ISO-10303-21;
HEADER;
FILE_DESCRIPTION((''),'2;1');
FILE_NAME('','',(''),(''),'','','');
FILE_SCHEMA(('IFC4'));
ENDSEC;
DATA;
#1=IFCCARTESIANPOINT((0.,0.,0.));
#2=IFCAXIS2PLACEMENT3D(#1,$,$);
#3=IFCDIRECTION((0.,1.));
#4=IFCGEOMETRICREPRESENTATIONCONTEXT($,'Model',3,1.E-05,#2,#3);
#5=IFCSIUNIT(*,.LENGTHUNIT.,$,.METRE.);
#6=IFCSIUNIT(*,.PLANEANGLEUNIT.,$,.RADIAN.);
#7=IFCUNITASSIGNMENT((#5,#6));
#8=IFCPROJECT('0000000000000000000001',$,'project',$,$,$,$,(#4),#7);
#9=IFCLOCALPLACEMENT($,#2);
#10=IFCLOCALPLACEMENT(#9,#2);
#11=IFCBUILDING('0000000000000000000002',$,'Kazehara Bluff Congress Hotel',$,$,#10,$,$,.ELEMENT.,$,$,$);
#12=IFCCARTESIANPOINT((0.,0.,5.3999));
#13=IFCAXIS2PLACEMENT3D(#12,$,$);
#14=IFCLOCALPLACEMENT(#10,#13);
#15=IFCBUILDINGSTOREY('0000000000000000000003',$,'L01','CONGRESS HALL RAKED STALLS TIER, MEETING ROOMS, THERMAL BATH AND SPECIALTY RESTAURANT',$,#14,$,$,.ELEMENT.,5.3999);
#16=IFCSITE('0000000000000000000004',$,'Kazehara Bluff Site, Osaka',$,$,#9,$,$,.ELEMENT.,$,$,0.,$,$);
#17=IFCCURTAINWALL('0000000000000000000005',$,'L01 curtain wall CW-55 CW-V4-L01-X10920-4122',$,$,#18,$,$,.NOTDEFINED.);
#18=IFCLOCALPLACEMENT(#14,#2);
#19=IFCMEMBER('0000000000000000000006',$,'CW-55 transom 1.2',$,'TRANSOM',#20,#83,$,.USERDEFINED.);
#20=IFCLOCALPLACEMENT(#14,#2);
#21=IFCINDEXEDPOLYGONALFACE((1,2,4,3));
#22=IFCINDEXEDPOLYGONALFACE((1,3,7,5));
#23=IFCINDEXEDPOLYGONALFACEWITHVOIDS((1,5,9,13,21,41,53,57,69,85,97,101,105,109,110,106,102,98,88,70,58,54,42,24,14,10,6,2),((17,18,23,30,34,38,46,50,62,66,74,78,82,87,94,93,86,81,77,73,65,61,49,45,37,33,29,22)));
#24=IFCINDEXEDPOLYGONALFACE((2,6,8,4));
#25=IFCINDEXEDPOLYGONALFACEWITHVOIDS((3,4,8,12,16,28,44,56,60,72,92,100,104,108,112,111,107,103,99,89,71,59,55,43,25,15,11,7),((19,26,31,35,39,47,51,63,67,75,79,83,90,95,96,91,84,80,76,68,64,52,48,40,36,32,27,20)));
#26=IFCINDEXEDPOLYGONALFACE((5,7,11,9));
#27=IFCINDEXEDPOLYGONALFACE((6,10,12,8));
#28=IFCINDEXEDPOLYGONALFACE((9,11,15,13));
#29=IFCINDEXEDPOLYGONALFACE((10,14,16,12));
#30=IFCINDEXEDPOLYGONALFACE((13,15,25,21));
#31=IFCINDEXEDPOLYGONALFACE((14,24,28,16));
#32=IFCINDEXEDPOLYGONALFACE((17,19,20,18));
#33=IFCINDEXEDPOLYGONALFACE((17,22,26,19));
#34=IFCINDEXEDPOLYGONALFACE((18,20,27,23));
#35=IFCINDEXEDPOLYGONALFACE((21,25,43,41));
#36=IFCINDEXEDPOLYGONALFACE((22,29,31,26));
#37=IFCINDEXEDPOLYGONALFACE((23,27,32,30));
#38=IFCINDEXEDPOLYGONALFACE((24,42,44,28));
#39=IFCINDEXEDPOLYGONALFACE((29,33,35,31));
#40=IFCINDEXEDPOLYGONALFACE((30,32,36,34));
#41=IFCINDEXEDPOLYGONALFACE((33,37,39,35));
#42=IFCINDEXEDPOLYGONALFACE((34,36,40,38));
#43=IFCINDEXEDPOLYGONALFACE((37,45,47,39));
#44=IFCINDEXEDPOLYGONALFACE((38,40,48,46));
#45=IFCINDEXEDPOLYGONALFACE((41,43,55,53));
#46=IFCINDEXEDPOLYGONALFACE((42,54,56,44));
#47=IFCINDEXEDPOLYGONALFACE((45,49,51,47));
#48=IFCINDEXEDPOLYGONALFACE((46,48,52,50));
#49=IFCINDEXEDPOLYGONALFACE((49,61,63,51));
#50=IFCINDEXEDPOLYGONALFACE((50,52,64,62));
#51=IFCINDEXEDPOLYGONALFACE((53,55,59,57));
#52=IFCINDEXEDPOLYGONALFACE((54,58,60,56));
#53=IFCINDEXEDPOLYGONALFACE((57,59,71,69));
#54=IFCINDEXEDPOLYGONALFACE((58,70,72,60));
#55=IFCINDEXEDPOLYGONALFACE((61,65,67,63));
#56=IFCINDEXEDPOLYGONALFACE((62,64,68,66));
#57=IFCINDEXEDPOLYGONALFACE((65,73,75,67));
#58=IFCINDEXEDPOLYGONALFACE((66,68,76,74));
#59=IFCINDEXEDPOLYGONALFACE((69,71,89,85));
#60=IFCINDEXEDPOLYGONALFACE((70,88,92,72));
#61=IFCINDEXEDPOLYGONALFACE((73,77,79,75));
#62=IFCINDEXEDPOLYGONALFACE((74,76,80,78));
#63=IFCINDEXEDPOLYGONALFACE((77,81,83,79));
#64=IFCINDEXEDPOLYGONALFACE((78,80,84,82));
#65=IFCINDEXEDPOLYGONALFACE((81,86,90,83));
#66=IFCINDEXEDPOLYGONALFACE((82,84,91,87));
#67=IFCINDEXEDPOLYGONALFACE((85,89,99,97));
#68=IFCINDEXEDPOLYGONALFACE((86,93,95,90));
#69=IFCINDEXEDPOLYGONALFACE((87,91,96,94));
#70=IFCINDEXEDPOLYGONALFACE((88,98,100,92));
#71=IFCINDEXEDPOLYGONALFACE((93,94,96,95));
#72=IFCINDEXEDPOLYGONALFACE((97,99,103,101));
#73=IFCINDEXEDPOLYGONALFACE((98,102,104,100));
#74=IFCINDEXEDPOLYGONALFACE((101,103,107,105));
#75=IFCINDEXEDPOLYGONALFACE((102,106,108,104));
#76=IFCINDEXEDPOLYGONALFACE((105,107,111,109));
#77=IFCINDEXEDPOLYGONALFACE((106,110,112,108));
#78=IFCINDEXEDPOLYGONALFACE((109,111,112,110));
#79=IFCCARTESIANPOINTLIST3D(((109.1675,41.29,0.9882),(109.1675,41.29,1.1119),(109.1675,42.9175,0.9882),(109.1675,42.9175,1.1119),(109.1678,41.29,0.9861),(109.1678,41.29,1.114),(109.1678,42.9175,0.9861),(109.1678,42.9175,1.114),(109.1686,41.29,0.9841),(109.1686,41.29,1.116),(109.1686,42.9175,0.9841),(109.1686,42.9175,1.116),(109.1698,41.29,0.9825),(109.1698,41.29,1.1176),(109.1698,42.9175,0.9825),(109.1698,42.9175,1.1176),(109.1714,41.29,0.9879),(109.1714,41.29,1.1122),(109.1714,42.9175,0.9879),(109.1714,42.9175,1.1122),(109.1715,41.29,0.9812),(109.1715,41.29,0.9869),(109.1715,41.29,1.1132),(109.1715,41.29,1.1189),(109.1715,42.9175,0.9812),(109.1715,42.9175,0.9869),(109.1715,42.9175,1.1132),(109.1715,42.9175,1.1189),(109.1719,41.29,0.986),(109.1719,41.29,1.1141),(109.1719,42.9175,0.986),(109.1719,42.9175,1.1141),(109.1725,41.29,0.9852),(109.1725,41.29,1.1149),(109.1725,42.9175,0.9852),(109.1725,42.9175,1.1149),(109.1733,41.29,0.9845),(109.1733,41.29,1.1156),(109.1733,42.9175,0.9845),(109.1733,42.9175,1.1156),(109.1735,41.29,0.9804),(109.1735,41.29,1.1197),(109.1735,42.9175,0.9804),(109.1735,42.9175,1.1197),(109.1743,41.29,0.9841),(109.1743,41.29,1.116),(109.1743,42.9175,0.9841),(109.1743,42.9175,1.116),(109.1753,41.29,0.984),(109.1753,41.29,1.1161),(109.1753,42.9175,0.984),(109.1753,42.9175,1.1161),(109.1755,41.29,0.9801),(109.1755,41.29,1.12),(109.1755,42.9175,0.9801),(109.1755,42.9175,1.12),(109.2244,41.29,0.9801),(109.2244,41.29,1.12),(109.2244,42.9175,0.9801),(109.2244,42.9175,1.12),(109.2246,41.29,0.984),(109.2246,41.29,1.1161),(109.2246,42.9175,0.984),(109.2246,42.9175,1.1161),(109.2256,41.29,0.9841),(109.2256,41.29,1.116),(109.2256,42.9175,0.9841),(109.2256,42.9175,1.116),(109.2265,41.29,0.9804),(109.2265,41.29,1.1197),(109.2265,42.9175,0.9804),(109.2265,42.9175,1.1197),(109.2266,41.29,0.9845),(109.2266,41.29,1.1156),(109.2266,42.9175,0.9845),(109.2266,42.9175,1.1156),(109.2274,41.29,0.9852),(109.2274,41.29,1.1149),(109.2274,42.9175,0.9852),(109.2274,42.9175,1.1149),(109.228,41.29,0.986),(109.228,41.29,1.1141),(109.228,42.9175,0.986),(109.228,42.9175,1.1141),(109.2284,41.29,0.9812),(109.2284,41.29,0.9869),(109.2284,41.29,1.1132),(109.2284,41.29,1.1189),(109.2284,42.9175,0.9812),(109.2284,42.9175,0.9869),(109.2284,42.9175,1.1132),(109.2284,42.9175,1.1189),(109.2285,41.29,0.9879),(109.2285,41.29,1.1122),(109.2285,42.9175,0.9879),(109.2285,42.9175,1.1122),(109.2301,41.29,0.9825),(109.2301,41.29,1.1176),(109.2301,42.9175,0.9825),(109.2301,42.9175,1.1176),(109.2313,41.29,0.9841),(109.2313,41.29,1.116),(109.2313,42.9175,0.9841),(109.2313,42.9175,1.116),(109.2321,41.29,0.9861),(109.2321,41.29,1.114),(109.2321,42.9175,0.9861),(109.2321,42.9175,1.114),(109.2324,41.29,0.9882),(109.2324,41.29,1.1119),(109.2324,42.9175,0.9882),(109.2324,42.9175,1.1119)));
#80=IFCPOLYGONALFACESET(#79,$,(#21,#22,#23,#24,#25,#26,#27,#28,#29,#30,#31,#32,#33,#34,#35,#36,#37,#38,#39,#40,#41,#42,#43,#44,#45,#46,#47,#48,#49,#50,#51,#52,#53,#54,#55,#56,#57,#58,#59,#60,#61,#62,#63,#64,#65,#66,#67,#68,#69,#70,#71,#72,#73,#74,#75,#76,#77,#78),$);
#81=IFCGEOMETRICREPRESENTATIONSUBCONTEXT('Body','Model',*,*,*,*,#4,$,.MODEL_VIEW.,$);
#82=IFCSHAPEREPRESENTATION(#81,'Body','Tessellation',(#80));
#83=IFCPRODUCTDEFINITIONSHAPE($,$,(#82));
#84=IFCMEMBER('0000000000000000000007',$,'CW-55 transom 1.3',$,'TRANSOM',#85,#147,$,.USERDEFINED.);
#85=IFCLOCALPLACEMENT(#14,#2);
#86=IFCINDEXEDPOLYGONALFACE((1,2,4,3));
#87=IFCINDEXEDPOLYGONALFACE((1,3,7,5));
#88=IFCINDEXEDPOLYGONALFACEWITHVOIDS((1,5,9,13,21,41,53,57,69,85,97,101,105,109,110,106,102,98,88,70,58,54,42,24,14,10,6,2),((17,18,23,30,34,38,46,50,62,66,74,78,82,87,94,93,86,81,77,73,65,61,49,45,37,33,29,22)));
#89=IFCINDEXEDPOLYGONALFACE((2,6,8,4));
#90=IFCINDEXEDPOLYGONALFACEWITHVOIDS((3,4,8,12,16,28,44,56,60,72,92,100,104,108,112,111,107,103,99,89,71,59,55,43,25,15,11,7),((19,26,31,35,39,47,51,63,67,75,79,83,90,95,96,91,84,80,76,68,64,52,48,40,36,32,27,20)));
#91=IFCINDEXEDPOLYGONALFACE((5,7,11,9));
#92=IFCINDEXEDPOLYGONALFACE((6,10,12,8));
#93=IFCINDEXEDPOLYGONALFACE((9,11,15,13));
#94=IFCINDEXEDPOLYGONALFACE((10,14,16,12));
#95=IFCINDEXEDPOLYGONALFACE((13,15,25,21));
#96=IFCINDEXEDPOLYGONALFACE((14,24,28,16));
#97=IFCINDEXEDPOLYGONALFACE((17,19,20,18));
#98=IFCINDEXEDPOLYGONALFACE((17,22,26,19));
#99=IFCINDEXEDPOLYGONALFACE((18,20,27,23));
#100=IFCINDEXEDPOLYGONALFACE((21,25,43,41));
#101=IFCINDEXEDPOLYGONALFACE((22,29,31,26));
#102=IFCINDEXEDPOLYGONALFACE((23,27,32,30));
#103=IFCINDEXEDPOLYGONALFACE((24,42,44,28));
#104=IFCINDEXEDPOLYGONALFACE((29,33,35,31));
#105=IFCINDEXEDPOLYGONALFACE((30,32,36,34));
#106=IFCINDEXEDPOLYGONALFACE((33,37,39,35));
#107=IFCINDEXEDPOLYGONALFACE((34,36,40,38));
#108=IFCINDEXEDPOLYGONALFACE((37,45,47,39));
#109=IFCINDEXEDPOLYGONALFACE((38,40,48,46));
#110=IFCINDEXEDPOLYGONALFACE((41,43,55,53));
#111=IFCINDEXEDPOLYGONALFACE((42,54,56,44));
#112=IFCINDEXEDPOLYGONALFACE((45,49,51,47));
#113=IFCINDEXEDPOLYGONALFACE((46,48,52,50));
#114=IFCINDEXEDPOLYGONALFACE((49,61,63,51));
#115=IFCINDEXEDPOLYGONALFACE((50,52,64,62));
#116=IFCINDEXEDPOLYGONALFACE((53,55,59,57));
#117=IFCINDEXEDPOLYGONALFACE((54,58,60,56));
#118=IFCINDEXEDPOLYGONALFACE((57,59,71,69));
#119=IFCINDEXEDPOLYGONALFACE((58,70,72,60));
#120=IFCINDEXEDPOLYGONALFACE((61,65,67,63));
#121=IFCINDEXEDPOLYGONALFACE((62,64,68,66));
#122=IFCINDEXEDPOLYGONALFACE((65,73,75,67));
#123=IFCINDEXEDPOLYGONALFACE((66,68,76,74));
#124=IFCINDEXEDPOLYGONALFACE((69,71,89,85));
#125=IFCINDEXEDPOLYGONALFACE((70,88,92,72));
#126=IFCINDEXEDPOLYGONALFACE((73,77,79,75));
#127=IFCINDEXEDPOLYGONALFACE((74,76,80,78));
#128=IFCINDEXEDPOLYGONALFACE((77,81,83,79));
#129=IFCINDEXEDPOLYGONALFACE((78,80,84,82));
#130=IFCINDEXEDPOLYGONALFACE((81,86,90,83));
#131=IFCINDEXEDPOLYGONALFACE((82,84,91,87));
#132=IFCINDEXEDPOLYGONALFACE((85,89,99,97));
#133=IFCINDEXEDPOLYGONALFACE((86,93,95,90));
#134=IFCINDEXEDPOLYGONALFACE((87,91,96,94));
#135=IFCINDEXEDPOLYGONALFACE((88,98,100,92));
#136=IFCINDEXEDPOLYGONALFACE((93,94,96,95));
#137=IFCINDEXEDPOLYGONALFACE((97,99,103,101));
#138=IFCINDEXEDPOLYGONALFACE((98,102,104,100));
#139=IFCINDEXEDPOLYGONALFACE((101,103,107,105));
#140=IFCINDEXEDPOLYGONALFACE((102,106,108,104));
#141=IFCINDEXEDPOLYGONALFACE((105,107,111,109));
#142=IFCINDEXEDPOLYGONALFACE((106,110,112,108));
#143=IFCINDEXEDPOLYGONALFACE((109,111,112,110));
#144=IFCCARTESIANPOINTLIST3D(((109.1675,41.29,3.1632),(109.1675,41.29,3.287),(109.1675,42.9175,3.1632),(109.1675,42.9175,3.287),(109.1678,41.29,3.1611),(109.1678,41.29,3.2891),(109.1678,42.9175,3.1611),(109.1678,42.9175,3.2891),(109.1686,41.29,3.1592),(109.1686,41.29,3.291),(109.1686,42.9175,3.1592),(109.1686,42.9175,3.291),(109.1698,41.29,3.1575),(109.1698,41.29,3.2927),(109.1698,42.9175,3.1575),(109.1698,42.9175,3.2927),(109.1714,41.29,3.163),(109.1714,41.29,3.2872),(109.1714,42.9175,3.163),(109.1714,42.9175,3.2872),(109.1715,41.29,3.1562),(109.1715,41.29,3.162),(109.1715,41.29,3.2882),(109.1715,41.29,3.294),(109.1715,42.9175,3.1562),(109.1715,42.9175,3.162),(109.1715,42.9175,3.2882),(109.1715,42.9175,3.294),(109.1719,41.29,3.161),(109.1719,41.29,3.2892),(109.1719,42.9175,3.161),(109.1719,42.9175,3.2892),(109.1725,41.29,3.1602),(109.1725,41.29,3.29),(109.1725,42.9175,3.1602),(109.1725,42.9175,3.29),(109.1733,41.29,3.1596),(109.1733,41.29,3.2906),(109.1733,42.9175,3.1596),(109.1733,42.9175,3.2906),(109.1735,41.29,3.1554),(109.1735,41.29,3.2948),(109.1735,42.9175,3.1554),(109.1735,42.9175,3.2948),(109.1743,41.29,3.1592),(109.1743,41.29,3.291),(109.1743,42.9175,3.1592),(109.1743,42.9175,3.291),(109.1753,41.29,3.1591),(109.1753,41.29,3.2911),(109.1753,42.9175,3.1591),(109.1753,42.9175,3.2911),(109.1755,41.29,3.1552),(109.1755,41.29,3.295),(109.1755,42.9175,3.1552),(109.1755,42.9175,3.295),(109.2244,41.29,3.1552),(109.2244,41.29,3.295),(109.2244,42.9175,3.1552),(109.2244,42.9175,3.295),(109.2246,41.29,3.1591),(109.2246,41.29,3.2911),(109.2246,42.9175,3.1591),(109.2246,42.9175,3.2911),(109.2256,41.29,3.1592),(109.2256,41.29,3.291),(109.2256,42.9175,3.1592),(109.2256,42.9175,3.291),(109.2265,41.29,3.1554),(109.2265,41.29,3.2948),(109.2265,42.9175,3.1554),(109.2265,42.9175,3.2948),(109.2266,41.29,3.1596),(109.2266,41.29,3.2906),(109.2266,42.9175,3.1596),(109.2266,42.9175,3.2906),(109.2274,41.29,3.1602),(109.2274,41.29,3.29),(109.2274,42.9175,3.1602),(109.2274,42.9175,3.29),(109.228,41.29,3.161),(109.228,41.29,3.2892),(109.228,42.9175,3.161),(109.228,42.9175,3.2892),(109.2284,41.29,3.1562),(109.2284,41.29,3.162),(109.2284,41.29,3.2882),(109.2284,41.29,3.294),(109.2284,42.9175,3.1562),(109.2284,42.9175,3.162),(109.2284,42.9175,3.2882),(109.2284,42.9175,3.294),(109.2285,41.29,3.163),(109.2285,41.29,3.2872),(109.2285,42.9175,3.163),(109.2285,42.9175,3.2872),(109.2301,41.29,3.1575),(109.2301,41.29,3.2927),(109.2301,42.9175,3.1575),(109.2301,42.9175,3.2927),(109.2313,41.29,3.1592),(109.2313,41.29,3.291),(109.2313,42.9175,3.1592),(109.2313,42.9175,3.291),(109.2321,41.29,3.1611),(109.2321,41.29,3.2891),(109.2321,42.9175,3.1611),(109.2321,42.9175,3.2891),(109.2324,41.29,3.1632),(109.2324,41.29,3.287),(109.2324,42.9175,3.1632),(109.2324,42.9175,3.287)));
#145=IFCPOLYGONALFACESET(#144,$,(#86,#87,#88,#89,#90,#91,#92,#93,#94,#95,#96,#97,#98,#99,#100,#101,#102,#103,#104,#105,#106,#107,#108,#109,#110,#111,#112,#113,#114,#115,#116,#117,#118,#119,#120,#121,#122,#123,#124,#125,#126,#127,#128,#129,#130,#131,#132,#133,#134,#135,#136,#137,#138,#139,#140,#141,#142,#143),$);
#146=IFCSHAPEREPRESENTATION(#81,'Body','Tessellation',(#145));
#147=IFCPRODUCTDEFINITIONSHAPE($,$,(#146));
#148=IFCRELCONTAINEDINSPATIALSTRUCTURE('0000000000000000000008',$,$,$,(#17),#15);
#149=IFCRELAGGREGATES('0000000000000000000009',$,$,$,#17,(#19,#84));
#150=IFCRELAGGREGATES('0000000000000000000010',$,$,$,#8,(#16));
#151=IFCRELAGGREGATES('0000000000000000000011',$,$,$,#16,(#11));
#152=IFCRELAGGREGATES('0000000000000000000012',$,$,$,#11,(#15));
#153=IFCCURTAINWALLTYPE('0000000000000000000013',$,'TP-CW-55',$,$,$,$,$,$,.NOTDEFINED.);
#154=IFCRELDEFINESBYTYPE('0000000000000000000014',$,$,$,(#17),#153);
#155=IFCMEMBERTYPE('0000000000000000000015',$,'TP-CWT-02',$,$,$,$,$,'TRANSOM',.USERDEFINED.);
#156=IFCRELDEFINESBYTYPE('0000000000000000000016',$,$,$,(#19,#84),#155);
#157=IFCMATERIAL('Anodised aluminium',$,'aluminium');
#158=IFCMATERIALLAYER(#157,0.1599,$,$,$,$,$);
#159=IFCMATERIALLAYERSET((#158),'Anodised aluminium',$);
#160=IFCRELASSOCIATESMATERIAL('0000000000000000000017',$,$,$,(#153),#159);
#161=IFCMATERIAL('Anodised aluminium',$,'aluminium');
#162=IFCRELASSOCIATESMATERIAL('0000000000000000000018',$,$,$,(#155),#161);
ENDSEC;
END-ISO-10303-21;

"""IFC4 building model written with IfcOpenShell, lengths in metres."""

from ifc_helpers import new_model, si_unit, direction, frame, origin, origin_2d, place, context, subcontext, project, spatial, hollow_rectangle, extrude, material, layer, layer_set, material_profile, profile_set, type_object, element, aggregate, save


model = new_model("IFC4")

# Units and contexts
model_context = context("Model", 3, precision=1e-05, world=origin(), true_north=direction((0.0, 1.0)))
body_context = subcontext(model_context, "Body", "Model", "MODEL_VIEW")
ifc_project = project(units=[si_unit("LENGTHUNIT", "METRE"), si_unit("PLANEANGLEUNIT", "RADIAN")], contexts=[model_context])

# Site, building, storey
site_placement = place(None, origin())
site = spatial("IfcSite", under=ifc_project, at=site_placement, Name="Kazehara Bluff Site, Osaka", CompositionType="ELEMENT", RefElevation=0.0)
building_placement = place(site_placement, origin())
building = spatial("IfcBuilding", under=site, at=building_placement, Name="Kazehara Bluff Congress Hotel", CompositionType="ELEMENT")
storey_placement = place(building_placement, frame((0.0, 0.0, 5.3999)))
storey = spatial("IfcBuildingStorey", under=building, at=storey_placement, Name="L01", Description="CONGRESS HALL RAKED STALLS TIER, MEETING ROOMS, THERMAL BATH AND SPECIALTY RESTAURANT", CompositionType="ELEMENT", Elevation=5.3999)

# Curtain wall
ifc_material_1 = material(Name="Anodised aluminium", Category="aluminium")
ifc_layer_1 = layer(ifc_material_1, 0.1599)
ifc_layer_set_1 = layer_set([ifc_layer_1], Name="Anodised aluminium")
curtain_wall_type_1 = type_object("IfcCurtainWallType", Name="TP-CW-55", PredefinedType="NOTDEFINED", material=ifc_layer_set_1)
curtain_wall_1_placement = place(storey_placement, origin())
curtain_wall_1 = element("IfcCurtainWall", 1, at=curtain_wall_1_placement, inside=storey, type_object=curtain_wall_type_1, Name="L01 curtain wall CW-55 CW-V4-L01-X10920-4122", PredefinedType="NOTDEFINED")

# Members
ifc_material_2 = material(Name="Anodised aluminium", Category="aluminium")
ifc_material_profile_1 = material_profile(ifc_material_2, hollow_rectangle(XDim=0.0649, YDim=0.1399, WallThickness=0.0039, InnerFilletRadius=0.0039, OuterFilletRadius=0.0081, at=origin_2d()))
ifc_profile_set_1 = profile_set([ifc_material_profile_1], Name="Anodised aluminium")
member_type_1 = type_object("IfcMemberType", Name="TP-CWT-02", ElementType="TRANSOM", PredefinedType="USERDEFINED", material=ifc_profile_set_1)
member_1_placement = place(storey_placement, frame((109.2, 41.29, 1.05), z_axis=(0.0, 1.0, 0.0), x_axis=(-1.0, 0.0, 0.0)))
member_1 = element("IfcMember", 2, at=member_1_placement, type_object=member_type_1, Name="CW-55 transom 1.2", ObjectType="TRANSOM", PredefinedType="USERDEFINED", context=body_context, shape_type="SweptSolid", body=[
    extrude(hollow_rectangle(XDim=0.0649, YDim=0.1399, WallThickness=0.0039, InnerFilletRadius=0.0039, OuterFilletRadius=0.0081, at=origin_2d()), origin(), (0.0, 0.0, 1.0), 1.6274),
])
member_2_placement = place(storey_placement, frame((109.2, 41.29, 3.2251), z_axis=(0.0, 1.0, 0.0), x_axis=(-1.0, 0.0, 0.0)))
member_2 = element("IfcMember", 3, at=member_2_placement, type_object=member_type_1, Name="CW-55 transom 1.3", ObjectType="TRANSOM", PredefinedType="USERDEFINED", context=body_context, shape_type="SweptSolid", body=[
    extrude(hollow_rectangle(XDim=0.0649, YDim=0.1399, WallThickness=0.0039, InnerFilletRadius=0.0039, OuterFilletRadius=0.0081, at=origin_2d()), origin(), (0.0, 0.0, 1.0), 1.6274),
])

aggregate(curtain_wall_1, [member_1, member_2])

save(model, "model.ifc")
